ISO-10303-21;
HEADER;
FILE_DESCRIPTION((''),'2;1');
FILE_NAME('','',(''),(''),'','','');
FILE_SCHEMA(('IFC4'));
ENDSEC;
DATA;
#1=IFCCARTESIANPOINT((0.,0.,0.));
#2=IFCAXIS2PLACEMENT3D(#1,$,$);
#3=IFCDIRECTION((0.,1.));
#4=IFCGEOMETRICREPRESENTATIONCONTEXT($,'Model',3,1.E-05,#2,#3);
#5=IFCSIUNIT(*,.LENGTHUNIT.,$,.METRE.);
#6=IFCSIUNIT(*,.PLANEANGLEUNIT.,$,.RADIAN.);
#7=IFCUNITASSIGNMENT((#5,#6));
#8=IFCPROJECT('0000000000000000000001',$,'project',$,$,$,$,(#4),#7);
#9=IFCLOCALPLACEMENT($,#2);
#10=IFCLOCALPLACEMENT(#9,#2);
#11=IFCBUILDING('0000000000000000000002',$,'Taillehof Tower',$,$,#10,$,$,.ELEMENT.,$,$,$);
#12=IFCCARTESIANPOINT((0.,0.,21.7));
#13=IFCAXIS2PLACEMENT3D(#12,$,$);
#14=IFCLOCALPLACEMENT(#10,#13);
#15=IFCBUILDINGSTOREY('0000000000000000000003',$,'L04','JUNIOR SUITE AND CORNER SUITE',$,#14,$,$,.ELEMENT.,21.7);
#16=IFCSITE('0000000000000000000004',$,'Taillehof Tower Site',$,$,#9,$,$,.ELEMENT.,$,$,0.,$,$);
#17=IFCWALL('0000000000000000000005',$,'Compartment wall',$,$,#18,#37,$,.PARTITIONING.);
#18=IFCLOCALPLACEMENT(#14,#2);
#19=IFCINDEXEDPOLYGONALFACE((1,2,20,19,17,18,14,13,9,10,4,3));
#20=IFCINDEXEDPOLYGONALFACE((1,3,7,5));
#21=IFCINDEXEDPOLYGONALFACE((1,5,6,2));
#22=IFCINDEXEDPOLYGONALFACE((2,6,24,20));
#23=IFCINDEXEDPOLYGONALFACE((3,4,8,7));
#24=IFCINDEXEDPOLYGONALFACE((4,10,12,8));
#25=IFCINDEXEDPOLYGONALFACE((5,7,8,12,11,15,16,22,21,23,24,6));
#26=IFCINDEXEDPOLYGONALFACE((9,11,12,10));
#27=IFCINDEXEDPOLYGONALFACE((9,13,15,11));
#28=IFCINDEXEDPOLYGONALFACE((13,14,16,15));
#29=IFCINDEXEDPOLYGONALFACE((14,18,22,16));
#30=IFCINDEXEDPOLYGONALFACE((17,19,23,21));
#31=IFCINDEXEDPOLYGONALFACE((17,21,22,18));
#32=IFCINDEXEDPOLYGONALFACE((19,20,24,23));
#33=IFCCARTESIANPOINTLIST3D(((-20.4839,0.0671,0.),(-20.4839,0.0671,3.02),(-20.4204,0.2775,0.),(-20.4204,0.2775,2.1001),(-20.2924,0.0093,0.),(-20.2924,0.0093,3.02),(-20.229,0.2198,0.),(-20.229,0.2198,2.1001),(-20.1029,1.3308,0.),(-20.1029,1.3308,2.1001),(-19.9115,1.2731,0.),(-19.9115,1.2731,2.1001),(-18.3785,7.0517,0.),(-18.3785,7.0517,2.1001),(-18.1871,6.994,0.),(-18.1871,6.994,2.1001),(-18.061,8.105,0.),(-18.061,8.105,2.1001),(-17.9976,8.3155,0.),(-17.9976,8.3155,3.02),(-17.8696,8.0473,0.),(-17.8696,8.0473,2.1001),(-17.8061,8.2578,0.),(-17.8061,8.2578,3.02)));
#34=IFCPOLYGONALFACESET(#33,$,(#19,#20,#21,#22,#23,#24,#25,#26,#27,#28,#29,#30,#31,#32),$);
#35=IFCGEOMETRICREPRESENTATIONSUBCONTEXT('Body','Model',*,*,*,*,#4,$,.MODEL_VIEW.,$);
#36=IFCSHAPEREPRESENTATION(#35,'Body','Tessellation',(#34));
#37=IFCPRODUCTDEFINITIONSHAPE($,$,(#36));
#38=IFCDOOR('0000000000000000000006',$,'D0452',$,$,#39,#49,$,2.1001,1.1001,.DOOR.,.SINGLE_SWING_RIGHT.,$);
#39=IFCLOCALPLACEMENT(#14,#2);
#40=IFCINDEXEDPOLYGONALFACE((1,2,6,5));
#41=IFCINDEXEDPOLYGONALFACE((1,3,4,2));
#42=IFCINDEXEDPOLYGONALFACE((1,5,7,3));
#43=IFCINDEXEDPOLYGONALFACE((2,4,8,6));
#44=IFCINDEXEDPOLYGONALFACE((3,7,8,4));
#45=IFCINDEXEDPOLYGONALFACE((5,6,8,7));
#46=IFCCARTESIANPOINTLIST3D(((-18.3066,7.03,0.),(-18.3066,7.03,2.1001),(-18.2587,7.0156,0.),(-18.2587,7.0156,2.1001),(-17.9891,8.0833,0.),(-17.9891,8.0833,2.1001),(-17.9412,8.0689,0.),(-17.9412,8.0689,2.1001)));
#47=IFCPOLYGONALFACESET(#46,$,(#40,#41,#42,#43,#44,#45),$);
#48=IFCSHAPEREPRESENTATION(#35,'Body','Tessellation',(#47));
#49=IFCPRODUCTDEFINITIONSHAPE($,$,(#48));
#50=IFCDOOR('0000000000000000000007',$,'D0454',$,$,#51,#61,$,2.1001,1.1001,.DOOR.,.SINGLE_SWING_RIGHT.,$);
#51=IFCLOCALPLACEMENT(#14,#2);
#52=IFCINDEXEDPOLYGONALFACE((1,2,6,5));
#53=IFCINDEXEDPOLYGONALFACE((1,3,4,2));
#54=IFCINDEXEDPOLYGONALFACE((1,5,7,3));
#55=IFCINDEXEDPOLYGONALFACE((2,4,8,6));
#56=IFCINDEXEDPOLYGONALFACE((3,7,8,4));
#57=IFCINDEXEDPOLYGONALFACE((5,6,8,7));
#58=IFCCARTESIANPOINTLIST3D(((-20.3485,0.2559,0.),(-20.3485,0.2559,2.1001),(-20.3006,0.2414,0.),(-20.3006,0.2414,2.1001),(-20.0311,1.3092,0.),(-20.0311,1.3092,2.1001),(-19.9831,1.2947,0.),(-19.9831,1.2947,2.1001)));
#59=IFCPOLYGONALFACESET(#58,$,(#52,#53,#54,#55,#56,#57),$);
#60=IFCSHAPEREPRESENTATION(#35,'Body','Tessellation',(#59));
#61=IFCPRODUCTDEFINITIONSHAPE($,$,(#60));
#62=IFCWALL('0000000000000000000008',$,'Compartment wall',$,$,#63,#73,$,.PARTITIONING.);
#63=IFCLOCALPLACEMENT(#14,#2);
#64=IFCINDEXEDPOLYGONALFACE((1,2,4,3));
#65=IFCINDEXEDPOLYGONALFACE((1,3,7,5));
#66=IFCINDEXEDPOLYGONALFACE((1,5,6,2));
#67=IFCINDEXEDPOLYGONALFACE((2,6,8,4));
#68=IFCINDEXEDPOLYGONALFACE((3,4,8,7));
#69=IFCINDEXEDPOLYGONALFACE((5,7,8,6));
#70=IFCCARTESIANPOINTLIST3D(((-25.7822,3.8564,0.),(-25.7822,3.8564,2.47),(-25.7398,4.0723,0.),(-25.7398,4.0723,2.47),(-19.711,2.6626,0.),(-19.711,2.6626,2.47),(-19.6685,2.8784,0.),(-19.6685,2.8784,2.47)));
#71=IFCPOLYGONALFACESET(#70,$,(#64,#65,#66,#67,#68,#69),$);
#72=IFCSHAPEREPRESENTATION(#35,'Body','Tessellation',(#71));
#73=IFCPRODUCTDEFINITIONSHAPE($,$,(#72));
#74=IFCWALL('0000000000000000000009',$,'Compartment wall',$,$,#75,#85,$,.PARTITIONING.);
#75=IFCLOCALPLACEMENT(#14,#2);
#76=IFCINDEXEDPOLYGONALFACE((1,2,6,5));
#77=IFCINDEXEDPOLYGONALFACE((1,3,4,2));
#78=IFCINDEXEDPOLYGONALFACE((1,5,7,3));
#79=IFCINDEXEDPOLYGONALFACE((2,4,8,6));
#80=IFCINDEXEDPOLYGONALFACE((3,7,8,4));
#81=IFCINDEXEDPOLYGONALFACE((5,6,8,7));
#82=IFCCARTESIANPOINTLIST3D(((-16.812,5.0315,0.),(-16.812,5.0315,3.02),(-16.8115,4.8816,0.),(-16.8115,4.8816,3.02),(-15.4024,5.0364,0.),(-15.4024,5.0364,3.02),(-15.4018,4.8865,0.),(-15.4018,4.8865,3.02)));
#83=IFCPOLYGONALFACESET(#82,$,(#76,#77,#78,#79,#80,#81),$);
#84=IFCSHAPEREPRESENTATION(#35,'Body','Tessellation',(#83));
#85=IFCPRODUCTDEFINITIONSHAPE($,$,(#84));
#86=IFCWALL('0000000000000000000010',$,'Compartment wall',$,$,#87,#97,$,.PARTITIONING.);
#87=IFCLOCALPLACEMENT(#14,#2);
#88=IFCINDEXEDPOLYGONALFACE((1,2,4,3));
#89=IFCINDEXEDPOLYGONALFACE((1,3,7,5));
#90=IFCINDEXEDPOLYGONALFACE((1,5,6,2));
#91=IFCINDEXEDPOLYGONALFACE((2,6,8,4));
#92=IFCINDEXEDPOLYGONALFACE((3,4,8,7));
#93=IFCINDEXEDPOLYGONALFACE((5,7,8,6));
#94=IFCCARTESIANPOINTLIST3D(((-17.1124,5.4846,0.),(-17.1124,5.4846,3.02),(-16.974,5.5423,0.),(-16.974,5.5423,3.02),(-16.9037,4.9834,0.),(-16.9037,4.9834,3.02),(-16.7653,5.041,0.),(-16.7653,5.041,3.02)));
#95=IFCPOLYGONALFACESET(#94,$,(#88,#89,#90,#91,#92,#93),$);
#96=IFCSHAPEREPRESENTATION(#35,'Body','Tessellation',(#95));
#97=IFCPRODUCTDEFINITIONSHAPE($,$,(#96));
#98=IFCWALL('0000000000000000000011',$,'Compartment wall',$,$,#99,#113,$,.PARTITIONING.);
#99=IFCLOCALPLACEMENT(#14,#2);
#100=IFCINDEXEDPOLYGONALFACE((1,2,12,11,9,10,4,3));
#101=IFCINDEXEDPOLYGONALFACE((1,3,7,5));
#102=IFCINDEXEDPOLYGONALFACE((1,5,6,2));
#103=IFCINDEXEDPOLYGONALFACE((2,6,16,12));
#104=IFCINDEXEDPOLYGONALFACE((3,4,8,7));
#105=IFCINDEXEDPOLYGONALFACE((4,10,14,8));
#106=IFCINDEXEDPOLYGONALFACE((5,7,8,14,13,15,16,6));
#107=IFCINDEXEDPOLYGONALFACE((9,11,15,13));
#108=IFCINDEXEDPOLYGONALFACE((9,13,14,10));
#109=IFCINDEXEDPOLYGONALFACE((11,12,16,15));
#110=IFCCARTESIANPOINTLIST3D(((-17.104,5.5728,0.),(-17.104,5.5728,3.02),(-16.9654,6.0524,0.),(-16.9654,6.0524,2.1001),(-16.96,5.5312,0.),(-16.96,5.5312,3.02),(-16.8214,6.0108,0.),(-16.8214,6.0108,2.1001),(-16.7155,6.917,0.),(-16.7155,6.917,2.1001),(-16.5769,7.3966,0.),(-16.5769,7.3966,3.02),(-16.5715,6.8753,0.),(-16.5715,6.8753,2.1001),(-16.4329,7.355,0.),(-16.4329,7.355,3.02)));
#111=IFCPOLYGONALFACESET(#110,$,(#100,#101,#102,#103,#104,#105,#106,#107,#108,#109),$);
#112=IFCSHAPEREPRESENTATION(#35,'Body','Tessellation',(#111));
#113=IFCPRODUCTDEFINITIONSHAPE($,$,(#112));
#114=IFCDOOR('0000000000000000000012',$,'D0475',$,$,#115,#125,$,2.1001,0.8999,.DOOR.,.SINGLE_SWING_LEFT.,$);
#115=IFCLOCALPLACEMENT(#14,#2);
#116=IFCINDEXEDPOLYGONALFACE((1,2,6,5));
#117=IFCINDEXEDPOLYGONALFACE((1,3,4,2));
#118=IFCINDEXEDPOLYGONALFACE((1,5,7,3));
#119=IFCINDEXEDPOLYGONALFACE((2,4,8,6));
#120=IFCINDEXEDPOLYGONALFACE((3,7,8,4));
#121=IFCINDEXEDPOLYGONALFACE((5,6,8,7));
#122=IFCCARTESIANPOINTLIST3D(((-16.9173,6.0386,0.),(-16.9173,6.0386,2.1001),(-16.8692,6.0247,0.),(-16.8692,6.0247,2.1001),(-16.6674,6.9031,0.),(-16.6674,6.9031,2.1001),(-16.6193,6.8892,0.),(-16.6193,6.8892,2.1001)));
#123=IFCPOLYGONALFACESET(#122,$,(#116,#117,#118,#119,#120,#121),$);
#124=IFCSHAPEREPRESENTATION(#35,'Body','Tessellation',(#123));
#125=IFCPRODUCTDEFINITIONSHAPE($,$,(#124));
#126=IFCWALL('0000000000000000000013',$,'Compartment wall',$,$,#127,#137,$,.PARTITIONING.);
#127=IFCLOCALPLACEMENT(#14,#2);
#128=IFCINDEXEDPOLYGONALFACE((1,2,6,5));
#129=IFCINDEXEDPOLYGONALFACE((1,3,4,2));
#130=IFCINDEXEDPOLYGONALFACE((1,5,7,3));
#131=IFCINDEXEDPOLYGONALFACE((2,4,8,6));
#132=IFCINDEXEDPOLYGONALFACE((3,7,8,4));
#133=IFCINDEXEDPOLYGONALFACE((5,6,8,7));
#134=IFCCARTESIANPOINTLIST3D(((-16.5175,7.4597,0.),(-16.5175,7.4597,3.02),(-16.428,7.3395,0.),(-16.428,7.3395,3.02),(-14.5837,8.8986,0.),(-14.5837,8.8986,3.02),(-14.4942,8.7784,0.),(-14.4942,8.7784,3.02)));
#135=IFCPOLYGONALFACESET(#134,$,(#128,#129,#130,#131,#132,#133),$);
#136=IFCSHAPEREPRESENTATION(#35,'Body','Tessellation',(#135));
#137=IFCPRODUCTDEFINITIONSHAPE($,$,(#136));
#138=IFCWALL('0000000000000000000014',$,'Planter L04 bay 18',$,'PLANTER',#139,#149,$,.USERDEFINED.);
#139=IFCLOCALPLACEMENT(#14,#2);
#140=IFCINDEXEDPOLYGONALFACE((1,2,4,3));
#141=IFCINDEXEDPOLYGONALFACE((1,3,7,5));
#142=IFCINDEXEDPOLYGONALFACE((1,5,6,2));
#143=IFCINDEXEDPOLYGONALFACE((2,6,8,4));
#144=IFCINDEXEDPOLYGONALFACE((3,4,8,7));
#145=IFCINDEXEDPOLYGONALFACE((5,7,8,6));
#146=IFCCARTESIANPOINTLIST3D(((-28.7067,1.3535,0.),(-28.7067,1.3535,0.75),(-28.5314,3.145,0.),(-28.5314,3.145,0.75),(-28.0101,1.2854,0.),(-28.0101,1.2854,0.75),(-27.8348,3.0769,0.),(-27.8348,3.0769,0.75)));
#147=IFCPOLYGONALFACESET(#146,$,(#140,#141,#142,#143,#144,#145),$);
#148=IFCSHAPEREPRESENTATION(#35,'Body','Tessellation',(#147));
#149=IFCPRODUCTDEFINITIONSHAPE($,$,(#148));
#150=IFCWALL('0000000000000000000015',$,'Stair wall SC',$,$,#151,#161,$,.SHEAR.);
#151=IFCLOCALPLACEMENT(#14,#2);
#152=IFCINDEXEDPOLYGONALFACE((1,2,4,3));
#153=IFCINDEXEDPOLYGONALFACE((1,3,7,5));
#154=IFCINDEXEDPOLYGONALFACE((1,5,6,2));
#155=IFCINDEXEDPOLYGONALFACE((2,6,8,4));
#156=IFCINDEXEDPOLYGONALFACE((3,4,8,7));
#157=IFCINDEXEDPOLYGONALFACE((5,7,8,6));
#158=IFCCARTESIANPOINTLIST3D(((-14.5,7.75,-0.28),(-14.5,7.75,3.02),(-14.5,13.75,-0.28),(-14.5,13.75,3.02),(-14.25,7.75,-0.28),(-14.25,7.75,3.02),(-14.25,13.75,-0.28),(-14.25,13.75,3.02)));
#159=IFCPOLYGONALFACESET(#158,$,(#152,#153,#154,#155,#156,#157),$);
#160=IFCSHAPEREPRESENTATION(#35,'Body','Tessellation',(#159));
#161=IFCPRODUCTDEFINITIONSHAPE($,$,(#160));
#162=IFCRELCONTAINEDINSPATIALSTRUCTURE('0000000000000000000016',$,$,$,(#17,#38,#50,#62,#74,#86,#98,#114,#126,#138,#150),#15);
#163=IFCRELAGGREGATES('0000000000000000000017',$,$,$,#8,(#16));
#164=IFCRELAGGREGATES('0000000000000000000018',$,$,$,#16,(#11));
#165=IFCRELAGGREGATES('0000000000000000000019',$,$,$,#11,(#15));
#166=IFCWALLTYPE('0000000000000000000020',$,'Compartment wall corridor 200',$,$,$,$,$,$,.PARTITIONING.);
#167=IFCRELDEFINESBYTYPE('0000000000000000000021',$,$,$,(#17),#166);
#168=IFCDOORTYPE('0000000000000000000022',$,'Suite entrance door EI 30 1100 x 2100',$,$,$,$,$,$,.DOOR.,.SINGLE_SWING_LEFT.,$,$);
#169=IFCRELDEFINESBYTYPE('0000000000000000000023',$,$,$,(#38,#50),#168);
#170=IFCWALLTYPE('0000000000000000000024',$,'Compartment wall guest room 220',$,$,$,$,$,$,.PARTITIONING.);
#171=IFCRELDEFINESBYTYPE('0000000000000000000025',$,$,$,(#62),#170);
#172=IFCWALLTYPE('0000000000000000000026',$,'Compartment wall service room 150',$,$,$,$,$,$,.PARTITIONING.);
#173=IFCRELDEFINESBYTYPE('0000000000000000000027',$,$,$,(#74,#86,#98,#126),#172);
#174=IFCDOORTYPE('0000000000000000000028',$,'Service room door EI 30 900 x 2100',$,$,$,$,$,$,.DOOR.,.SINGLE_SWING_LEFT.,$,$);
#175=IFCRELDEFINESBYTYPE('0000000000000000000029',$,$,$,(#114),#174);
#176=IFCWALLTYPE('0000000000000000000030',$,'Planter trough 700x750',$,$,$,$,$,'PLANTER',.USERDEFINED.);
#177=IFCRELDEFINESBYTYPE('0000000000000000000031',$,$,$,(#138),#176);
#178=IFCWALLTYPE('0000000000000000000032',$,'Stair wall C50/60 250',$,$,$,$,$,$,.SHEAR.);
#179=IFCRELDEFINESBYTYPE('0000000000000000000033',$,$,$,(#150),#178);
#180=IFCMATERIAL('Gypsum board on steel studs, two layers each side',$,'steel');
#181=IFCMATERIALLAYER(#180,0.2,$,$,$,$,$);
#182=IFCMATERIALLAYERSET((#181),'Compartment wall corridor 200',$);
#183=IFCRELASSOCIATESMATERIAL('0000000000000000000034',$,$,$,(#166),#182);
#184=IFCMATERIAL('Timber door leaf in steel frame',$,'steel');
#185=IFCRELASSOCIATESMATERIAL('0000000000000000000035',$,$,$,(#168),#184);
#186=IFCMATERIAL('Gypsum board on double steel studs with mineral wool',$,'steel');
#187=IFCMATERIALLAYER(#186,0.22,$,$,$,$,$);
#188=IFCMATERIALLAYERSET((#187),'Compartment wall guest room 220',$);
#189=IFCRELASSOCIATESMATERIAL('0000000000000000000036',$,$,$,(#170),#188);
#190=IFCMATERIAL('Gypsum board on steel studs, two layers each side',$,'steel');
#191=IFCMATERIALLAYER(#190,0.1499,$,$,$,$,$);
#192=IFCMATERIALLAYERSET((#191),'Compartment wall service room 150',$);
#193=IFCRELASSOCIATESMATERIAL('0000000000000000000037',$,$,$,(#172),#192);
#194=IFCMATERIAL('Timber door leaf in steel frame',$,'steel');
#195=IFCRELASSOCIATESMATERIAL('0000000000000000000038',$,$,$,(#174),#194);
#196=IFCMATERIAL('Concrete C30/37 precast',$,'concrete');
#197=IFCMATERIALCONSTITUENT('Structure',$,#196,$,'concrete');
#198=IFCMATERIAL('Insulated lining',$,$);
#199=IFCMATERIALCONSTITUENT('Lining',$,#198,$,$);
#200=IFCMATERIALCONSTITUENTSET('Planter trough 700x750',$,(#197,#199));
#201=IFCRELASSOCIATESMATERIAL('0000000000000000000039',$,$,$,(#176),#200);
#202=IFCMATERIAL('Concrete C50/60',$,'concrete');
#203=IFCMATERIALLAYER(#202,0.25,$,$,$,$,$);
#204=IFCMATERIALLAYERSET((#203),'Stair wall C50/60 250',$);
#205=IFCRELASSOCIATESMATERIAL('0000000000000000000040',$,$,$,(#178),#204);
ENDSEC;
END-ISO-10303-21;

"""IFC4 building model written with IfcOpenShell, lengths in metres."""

from ifc_helpers import new_model, si_unit, direction, frame, frame_2d, origin, place, context, subcontext, project, spatial, rectangle, extrude, material, layer, layer_set, constituent, constituent_set, type_object, element, fill, save


model = new_model("IFC4")

# Units and contexts
model_context = context("Model", 3, precision=1e-05, world=origin(), true_north=direction((0.0, 1.0)))
body_context = subcontext(model_context, "Body", "Model", "MODEL_VIEW")
ifc_project = project(units=[si_unit("LENGTHUNIT", "METRE"), si_unit("PLANEANGLEUNIT", "RADIAN")], contexts=[model_context])

# Site, building, storey
site_placement = place(None, origin())
site = spatial("IfcSite", under=ifc_project, at=site_placement, Name="Taillehof Tower Site", CompositionType="ELEMENT", RefElevation=0.0)
building_placement = place(site_placement, origin())
building = spatial("IfcBuilding", under=site, at=building_placement, Name="Taillehof Tower", CompositionType="ELEMENT")
storey_placement = place(building_placement, frame((0.0, 0.0, 21.7)))
storey = spatial("IfcBuildingStorey", under=building, at=storey_placement, Name="L04", Description="JUNIOR SUITE AND CORNER SUITE", CompositionType="ELEMENT", Elevation=21.7)

# Shared definitions
ifc_material_1 = material(Name="Gypsum board on steel studs, two layers each side", Category="steel")
ifc_layer_1 = layer(ifc_material_1, 0.2)
ifc_layer_set_1 = layer_set([ifc_layer_1], Name="Compartment wall corridor 200")
wall_type_1 = type_object("IfcWallType", Name="Compartment wall corridor 200", PredefinedType="PARTITIONING", material=ifc_layer_set_1)

# Wall, openings, doors
wall_1_placement = place(storey_placement, frame((-20.3882, 0.0381, 0.0), z_axis=(0.0, 0.0, 1.0), x_axis=(0.288601, 0.95745, 0.0)))
wall_1 = element("IfcWall", 1, at=wall_1_placement, inside=storey, type_object=wall_type_1, Name="Compartment wall", PredefinedType="PARTITIONING", context=body_context, shape_type="SweptSolid", body=[
    extrude(rectangle(XDim=8.615, YDim=0.2, at=frame_2d((4.3076, 0.0))), origin(), (0.0, 0.0, 1.0), 3.02),
])
opening_1_placement = place(wall_1_placement, frame((7.2952, 0.0, 0.0)))
opening_1 = element("IfcOpeningElement", 2, at=opening_1_placement, cuts=wall_1, PredefinedType="OPENING", context=body_context, shape_type="SweptSolid", body=[
    extrude(rectangle(XDim=1.1001, YDim=2.1001, at=frame_2d((0.55, 1.05))), frame((0.0, 0.1099, 0.0), z_axis=(0.0, -1.0, 0.0), x_axis=(1.0, 0.0, 0.0)), (0.0, 0.0, 1.0), 0.22),
])
opening_2_placement = place(wall_1_placement, frame((0.22, 0.0, 0.0)))
opening_2 = element("IfcOpeningElement", 3, at=opening_2_placement, cuts=wall_1, PredefinedType="OPENING", context=body_context, shape_type="SweptSolid", body=[
    extrude(rectangle(XDim=1.1001, YDim=2.1001, at=frame_2d((0.55, 1.05))), frame((0.0, 0.1099, 0.0), z_axis=(0.0, -1.0, 0.0), x_axis=(1.0, 0.0, 0.0)), (0.0, 0.0, 1.0), 0.22),
])
ifc_material_2 = material(Name="Timber door leaf in steel frame", Category="steel")
door_type_1 = type_object("IfcDoorType", Name="Suite entrance door EI 30 1100 x 2100", OperationType="SINGLE_SWING_LEFT", PredefinedType="DOOR", material=ifc_material_2)
door_1_placement = place(opening_1_placement, origin())
door_1 = element("IfcDoor", 4, at=door_1_placement, inside=storey, type_object=door_type_1, Name="D0452", OperationType="SINGLE_SWING_RIGHT", OverallHeight=2.1001, OverallWidth=1.1001, PredefinedType="DOOR", context=body_context, shape_type="SweptSolid", body=[
    extrude(rectangle(XDim=1.1001, YDim=2.1001, at=frame_2d((0.55, 1.05))), frame((0.0, 0.0249, 0.0), z_axis=(0.0, -1.0, 0.0), x_axis=(1.0, 0.0, 0.0)), (0.0, 0.0, 1.0), 0.05),
])
fill(opening_1, door_1)
door_2_placement = place(opening_2_placement, origin())
door_2 = element("IfcDoor", 5, at=door_2_placement, inside=storey, type_object=door_type_1, Name="D0454", OperationType="SINGLE_SWING_RIGHT", OverallHeight=2.1001, OverallWidth=1.1001, PredefinedType="DOOR", context=body_context, shape_type="SweptSolid", body=[
    extrude(rectangle(XDim=1.1001, YDim=2.1001, at=frame_2d((0.55, 1.05))), frame((0.0, 0.0249, 0.0), z_axis=(0.0, -1.0, 0.0), x_axis=(1.0, 0.0, 0.0)), (0.0, 0.0, 1.0), 0.05),
])
fill(opening_2, door_2)

# Walls
ifc_material_3 = material(Name="Gypsum board on double steel studs with mineral wool", Category="steel")
ifc_layer_2 = layer(ifc_material_3, 0.22)
ifc_layer_set_2 = layer_set([ifc_layer_2], Name="Compartment wall guest room 220")
wall_type_2 = type_object("IfcWallType", Name="Compartment wall guest room 220", PredefinedType="PARTITIONING", material=ifc_layer_set_2)
wall_2_placement = place(storey_placement, frame((-25.761, 3.9644, 0.0), z_axis=(0.0, 0.0, 1.0), x_axis=(0.98121, -0.192943, 0.0)))
element("IfcWall", 6, at=wall_2_placement, inside=storey, type_object=wall_type_2, Name="Compartment wall", PredefinedType="PARTITIONING", context=body_context, shape_type="SweptSolid", body=[
    extrude(rectangle(XDim=6.1875, YDim=0.22, at=frame_2d((3.0938, 0.0))), origin(), (0.0, 0.0, 1.0), 2.47),
])
ifc_material_4 = material(Name="Gypsum board on steel studs, two layers each side", Category="steel")
ifc_layer_3 = layer(ifc_material_4, 0.1499)
ifc_layer_set_3 = layer_set([ifc_layer_3], Name="Compartment wall service room 150")
wall_type_3 = type_object("IfcWallType", Name="Compartment wall service room 150", PredefinedType="PARTITIONING", material=ifc_layer_set_3)
wall_3_placement = place(storey_placement, frame((-15.4021, 4.9614, 0.0), z_axis=(0.0, 0.0, 1.0), x_axis=(-0.999994, -0.003464, 0.0)))
element("IfcWall", 7, at=wall_3_placement, inside=storey, type_object=wall_type_3, Name="Compartment wall", PredefinedType="PARTITIONING", context=body_context, shape_type="SweptSolid", body=[
    extrude(rectangle(XDim=1.4097, YDim=0.1499, at=frame_2d((0.7048, 0.0))), origin(), (0.0, 0.0, 1.0), 3.02),
])
wall_4_placement = place(storey_placement, frame((-16.8345, 5.0122, 0.0), z_axis=(0.0, 0.0, 1.0), x_axis=(-0.384456, 0.923143, 0.0)))
element("IfcWall", 8, at=wall_4_placement, inside=storey, type_object=wall_type_3, Name="Compartment wall", PredefinedType="PARTITIONING", context=body_context, shape_type="SweptSolid", body=[
    extrude(rectangle(XDim=0.543, YDim=0.1499, at=frame_2d((0.2715, 0.0))), origin(), (0.0, 0.0, 1.0), 3.02),
])

# Wall, opening, door
wall_5_placement = place(storey_placement, frame((-17.032, 5.552, 0.0), z_axis=(0.0, 0.0, 1.0), x_axis=(0.277658, 0.96068, 0.0)))
wall_5 = element("IfcWall", 9, at=wall_5_placement, inside=storey, type_object=wall_type_3, Name="Compartment wall", PredefinedType="PARTITIONING", context=body_context, shape_type="SweptSolid", body=[
    extrude(rectangle(XDim=1.8984, YDim=0.1499, at=frame_2d((0.9492, 0.0))), origin(), (0.0, 0.0, 1.0), 3.02),
])
opening_3_placement = place(wall_5_placement, frame((0.4993, 0.0, 0.0)))
opening_3 = element("IfcOpeningElement", 10, at=opening_3_placement, cuts=wall_5, PredefinedType="OPENING", context=body_context, shape_type="SweptSolid", body=[
    extrude(rectangle(XDim=0.8999, YDim=2.1001, at=frame_2d((0.45, 1.05))), frame((0.0, 0.085, 0.0), z_axis=(0.0, -1.0, 0.0), x_axis=(1.0, 0.0, 0.0)), (0.0, 0.0, 1.0), 0.1699),
])
ifc_material_5 = material(Name="Timber door leaf in steel frame", Category="steel")
door_type_2 = type_object("IfcDoorType", Name="Service room door EI 30 900 x 2100", OperationType="SINGLE_SWING_LEFT", PredefinedType="DOOR", material=ifc_material_5)
door_3_placement = place(opening_3_placement, origin())
door_3 = element("IfcDoor", 11, at=door_3_placement, inside=storey, type_object=door_type_2, Name="D0475", OperationType="SINGLE_SWING_LEFT", OverallHeight=2.1001, OverallWidth=0.8999, PredefinedType="DOOR", context=body_context, shape_type="SweptSolid", body=[
    extrude(rectangle(XDim=0.8999, YDim=2.1001, at=frame_2d((0.45, 1.05))), frame((0.0, 0.0249, 0.0), z_axis=(0.0, -1.0, 0.0), x_axis=(1.0, 0.0, 0.0)), (0.0, 0.0, 1.0), 0.05),
])
fill(opening_3, door_3)

# Walls
wall_6_placement = place(storey_placement, frame((-16.4727, 7.3997, 0.0), z_axis=(0.0, 0.0, 1.0), x_axis=(0.802267, 0.596965, 0.0)))
element("IfcWall", 12, at=wall_6_placement, inside=storey, type_object=wall_type_3, Name="Compartment wall", PredefinedType="PARTITIONING", context=body_context, shape_type="SweptSolid", body=[
    extrude(rectangle(XDim=2.4104, YDim=0.1499, at=frame_2d((1.2051, 0.0))), origin(), (0.0, 0.0, 1.0), 3.02),
])
ifc_material_6 = material(Name="Concrete C30/37 precast", Category="concrete")
ifc_constituent_1 = constituent(ifc_material_6, Name="Structure", Category="concrete")
ifc_material_7 = material(Name="Insulated lining")
ifc_constituent_2 = constituent(ifc_material_7, Name="Lining")
ifc_constituent_set = constituent_set(constituents=[ifc_constituent_1, ifc_constituent_2], Name="Planter trough 700x750")
wall_type_4 = type_object("IfcWallType", Name="Planter trough 700x750", ElementType="PLANTER", PredefinedType="USERDEFINED", material=ifc_constituent_set)
wall_7_placement = place(storey_placement, frame((-28.1831, 3.1108, 0.0), z_axis=(0.0, 0.0, 1.0), x_axis=(-0.097382, -0.995247, 0.0)))
element("IfcWall", 13, at=wall_7_placement, inside=storey, type_object=wall_type_4, Name="Planter L04 bay 18", ObjectType="PLANTER", PredefinedType="USERDEFINED", context=body_context, shape_type="SweptSolid", body=[
    extrude(rectangle(XDim=1.8, YDim=0.7, at=frame_2d((0.8999, 0.0))), origin(), (0.0, 0.0, 1.0), 0.75),
])
ifc_material_8 = material(Name="Concrete C50/60", Category="concrete")
ifc_layer_4 = layer(ifc_material_8, 0.25)
ifc_layer_set_4 = layer_set([ifc_layer_4], Name="Stair wall C50/60 250")
wall_type_5 = type_object("IfcWallType", Name="Stair wall C50/60 250", PredefinedType="SHEAR", material=ifc_layer_set_4)
wall_8_placement = place(storey_placement, frame((-14.375, 7.75, -0.28), z_axis=(0.0, 0.0, 1.0), x_axis=(0.0, 1.0, 0.0)))
element("IfcWall", 14, at=wall_8_placement, inside=storey, type_object=wall_type_5, Name="Stair wall SC", PredefinedType="SHEAR", context=body_context, shape_type="SweptSolid", body=[
    extrude(rectangle(XDim=6.0, YDim=0.25, at=frame_2d((3.0, 0.0))), origin(), (0.0, 0.0, 1.0), 3.3),
])

save(model, "model.ifc")
